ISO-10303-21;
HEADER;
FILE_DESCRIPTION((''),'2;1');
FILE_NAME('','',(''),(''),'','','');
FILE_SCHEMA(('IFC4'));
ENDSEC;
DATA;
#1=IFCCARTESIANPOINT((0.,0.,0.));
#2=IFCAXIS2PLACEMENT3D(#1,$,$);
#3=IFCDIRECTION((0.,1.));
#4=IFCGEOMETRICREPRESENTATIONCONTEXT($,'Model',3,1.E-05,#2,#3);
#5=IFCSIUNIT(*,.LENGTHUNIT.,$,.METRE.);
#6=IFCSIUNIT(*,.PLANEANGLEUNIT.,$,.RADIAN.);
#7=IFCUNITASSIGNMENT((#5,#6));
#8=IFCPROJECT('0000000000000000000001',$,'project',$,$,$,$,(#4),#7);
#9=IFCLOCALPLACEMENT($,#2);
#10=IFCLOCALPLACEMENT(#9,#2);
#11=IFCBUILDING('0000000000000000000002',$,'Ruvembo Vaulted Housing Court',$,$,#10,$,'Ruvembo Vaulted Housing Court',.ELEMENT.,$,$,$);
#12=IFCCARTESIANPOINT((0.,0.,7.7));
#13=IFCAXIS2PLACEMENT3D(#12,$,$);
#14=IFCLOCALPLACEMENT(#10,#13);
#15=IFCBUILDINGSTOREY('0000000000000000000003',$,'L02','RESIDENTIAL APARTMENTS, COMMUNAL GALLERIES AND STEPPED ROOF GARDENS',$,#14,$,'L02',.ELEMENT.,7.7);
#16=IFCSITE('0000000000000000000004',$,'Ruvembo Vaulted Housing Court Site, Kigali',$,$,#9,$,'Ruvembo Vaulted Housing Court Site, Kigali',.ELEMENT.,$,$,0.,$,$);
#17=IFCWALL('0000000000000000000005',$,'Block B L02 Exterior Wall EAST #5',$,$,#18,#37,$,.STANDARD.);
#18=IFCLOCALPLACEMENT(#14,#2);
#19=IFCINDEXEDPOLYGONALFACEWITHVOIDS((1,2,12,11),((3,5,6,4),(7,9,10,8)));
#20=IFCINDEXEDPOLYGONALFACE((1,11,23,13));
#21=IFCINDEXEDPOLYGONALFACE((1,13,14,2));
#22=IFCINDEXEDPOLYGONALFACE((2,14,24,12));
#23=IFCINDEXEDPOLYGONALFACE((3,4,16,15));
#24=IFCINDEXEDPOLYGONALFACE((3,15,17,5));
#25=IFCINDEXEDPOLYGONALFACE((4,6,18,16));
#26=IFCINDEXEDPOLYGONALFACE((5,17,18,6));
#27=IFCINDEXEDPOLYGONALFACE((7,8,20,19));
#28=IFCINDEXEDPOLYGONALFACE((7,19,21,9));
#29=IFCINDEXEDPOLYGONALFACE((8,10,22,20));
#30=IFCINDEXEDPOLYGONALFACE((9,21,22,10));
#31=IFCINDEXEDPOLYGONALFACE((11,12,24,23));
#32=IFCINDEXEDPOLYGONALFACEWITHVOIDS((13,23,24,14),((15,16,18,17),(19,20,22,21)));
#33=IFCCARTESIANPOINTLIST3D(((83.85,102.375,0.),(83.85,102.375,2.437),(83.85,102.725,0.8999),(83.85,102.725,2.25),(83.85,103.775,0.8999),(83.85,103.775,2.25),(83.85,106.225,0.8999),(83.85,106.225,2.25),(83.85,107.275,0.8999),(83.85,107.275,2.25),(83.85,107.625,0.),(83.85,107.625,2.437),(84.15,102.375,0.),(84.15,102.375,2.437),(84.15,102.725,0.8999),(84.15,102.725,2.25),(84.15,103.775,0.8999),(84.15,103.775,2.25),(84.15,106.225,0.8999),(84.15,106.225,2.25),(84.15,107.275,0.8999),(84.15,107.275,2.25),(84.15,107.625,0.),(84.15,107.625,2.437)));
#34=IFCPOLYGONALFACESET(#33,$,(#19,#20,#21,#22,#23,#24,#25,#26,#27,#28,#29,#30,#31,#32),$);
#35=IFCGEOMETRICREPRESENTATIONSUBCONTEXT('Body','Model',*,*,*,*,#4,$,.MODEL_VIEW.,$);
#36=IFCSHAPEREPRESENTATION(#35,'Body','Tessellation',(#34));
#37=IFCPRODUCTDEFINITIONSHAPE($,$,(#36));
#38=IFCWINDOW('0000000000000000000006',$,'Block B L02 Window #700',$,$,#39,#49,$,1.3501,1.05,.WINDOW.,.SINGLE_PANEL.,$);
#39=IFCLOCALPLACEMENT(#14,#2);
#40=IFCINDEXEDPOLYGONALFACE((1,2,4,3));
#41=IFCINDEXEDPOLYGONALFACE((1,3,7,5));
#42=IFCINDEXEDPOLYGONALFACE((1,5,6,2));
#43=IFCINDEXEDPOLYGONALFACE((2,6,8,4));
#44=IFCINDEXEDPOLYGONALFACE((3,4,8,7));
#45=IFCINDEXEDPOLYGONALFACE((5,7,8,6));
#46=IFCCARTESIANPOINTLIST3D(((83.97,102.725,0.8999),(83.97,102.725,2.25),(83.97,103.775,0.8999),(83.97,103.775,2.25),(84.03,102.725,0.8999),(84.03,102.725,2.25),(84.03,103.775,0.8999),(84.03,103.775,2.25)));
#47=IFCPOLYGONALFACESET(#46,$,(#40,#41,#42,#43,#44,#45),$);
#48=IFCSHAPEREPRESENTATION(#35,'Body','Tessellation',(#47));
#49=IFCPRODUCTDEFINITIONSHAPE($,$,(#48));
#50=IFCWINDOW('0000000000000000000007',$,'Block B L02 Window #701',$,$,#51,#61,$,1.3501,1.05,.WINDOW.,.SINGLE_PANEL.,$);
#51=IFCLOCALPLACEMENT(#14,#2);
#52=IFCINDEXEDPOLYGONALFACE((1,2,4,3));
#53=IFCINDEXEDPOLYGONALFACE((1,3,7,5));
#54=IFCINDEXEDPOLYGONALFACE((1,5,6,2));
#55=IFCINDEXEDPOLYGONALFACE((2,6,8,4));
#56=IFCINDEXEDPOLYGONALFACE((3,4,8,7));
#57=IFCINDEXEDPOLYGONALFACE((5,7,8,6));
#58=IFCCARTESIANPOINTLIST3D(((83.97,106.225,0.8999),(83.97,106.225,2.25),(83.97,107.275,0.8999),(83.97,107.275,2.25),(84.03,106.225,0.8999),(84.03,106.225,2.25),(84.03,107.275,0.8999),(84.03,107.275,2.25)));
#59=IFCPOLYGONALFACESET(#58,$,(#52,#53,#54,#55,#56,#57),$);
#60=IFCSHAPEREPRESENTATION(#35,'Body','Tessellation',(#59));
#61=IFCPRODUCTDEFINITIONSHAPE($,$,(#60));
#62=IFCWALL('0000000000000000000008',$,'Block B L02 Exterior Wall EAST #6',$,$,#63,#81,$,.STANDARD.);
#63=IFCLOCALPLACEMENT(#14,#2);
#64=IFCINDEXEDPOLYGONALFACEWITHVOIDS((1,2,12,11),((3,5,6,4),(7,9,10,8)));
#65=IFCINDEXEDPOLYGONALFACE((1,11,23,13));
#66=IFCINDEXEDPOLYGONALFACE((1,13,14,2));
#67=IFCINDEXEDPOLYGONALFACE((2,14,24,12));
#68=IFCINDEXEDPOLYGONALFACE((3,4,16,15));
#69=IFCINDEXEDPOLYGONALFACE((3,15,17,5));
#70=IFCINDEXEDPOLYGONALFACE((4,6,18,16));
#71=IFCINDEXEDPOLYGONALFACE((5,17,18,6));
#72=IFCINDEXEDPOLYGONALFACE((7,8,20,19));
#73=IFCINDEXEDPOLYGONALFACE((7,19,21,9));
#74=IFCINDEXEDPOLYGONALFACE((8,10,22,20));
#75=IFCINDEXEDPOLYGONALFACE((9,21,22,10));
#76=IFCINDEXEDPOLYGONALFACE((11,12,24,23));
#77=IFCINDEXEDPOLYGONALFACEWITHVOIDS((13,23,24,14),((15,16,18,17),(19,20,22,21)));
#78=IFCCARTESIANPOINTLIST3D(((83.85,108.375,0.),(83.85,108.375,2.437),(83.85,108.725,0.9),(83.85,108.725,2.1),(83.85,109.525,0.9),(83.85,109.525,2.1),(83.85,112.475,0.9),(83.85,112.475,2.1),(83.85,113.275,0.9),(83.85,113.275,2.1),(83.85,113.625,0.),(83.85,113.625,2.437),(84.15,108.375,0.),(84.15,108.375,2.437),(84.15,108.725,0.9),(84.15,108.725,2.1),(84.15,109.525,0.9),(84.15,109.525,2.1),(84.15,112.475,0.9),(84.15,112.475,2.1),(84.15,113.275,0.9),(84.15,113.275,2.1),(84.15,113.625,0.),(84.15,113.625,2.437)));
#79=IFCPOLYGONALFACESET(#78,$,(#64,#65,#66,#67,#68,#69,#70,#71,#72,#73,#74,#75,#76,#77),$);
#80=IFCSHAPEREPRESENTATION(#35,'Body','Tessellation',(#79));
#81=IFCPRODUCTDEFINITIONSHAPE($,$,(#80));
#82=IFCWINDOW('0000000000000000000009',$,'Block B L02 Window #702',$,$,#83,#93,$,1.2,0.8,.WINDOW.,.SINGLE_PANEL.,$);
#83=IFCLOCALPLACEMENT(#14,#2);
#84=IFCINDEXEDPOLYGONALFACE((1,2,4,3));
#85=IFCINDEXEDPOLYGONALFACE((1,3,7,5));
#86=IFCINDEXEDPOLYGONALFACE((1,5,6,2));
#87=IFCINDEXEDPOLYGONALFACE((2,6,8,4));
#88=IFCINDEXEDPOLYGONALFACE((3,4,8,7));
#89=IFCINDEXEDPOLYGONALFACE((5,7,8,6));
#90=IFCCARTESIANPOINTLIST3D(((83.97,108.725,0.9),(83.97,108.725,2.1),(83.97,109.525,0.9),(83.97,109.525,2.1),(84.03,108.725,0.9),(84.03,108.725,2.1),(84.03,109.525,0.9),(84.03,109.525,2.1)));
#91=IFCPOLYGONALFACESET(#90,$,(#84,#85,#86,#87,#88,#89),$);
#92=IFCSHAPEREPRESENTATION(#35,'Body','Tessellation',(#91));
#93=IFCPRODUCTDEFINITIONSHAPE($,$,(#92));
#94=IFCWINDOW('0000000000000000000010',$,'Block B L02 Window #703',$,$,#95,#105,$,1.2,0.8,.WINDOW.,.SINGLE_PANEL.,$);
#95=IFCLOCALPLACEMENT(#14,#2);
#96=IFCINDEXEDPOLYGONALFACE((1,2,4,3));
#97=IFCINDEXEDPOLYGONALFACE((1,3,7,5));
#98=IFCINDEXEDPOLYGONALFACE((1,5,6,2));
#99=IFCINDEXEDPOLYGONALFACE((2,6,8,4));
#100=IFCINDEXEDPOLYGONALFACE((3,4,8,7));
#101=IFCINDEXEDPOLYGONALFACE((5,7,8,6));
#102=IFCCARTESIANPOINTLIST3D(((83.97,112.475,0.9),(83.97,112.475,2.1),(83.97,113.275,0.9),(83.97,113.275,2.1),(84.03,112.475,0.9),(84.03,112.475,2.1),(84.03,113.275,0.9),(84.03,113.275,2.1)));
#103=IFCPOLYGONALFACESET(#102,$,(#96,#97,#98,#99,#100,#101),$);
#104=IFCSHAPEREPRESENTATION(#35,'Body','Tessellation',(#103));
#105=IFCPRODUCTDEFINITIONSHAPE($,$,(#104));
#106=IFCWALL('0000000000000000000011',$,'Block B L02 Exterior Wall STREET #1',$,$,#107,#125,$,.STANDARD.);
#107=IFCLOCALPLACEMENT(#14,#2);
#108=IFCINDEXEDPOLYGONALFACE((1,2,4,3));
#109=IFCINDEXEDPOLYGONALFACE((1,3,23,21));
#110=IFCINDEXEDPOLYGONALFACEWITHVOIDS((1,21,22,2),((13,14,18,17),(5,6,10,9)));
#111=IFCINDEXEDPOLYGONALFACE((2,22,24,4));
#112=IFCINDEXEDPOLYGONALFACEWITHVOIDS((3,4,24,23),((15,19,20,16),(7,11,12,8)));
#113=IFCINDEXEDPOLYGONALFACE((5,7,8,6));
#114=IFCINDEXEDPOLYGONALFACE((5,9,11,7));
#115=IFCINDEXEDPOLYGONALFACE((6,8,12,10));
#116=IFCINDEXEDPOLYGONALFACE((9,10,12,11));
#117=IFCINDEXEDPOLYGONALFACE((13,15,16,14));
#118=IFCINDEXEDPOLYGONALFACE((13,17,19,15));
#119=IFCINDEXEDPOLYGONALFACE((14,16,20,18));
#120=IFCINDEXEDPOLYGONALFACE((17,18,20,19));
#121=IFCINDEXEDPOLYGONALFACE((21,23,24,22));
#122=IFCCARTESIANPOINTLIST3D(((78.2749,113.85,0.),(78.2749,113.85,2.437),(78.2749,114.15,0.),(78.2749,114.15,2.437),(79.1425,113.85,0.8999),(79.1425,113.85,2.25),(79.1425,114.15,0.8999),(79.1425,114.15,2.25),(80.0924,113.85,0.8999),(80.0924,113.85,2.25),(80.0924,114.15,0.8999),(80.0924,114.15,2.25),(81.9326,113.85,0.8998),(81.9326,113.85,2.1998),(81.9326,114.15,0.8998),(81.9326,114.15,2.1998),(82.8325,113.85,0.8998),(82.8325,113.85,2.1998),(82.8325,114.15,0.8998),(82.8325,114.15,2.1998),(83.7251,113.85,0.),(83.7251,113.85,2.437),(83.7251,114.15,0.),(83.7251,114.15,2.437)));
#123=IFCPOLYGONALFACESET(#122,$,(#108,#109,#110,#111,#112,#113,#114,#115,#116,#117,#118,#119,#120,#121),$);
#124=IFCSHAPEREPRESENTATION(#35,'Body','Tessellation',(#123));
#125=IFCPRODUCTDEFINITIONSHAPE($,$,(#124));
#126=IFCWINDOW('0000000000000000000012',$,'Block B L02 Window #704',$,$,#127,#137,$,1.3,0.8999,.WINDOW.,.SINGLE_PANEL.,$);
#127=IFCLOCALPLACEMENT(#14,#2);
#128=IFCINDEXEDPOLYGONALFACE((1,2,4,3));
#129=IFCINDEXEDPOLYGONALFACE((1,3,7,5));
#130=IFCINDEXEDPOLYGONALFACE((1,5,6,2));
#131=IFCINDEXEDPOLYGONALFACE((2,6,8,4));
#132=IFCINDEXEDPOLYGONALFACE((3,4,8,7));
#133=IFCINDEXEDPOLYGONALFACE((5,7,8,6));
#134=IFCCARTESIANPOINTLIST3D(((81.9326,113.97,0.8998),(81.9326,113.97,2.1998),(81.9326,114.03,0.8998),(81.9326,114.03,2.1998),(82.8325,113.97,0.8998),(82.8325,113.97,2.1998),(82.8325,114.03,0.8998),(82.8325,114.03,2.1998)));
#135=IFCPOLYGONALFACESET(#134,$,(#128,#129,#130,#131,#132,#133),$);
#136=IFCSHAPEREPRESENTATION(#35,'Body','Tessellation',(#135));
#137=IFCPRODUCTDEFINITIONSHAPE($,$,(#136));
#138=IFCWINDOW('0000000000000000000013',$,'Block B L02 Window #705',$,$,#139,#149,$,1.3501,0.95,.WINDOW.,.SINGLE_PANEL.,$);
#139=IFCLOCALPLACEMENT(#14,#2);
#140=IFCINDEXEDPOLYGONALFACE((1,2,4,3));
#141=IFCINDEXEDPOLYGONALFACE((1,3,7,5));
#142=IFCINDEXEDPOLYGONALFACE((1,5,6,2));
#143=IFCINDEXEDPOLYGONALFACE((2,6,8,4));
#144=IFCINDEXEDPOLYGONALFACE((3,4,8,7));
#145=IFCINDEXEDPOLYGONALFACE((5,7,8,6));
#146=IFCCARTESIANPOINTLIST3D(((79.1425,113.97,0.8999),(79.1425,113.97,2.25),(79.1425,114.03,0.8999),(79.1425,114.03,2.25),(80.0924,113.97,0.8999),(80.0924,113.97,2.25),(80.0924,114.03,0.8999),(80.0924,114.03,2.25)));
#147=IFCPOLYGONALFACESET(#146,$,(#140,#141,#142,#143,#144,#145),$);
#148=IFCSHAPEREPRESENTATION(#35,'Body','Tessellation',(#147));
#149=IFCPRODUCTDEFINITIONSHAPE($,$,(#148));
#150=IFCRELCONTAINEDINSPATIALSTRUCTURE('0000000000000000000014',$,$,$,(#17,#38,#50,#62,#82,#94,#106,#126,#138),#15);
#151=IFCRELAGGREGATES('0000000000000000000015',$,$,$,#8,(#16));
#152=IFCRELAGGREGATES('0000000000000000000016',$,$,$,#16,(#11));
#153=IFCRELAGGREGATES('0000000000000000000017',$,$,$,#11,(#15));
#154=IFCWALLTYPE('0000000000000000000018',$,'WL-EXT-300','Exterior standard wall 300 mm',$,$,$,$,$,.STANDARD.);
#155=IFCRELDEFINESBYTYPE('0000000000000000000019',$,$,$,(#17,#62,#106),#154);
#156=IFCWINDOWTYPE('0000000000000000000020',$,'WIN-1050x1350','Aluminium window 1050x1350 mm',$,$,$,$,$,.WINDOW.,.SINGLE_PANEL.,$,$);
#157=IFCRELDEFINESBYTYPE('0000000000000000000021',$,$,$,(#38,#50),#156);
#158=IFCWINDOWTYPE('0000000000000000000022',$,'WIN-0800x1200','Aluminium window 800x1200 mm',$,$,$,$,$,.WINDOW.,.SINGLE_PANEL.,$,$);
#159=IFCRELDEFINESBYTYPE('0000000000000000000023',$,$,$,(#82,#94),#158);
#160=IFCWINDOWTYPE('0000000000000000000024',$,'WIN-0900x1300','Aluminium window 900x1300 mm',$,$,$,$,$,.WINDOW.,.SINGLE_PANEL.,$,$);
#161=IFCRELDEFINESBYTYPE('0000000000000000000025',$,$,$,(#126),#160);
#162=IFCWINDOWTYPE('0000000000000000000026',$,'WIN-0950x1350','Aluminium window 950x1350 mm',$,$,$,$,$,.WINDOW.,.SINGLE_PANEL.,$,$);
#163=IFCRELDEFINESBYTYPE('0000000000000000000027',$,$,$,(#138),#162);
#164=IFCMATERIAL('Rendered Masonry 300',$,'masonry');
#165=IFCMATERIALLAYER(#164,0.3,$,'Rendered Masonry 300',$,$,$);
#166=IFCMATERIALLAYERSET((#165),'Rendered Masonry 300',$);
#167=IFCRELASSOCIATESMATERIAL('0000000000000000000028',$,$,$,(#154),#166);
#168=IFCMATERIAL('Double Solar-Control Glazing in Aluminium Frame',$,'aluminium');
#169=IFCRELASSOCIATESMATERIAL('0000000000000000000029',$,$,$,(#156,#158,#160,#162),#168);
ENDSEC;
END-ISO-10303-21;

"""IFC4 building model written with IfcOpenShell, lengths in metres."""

from ifc_helpers import new_model, si_unit, direction, frame, frame_2d, origin, place, context, subcontext, project, spatial, rectangle, extrude, material, layer, layer_set, type_object, element, fill, save


model = new_model("IFC4")

# Units and contexts
model_context = context("Model", 3, precision=1e-05, world=origin(), true_north=direction((0.0, 1.0)))
body_context = subcontext(model_context, "Body", "Model", "MODEL_VIEW")
ifc_project = project(units=[si_unit("LENGTHUNIT", "METRE"), si_unit("PLANEANGLEUNIT", "RADIAN")], contexts=[model_context])

# Site, building, storey
site_placement = place(None, origin())
site = spatial("IfcSite", under=ifc_project, at=site_placement, Name="Ruvembo Vaulted Housing Court Site, Kigali", LongName="Ruvembo Vaulted Housing Court Site, Kigali", CompositionType="ELEMENT", RefElevation=0.0)
building_placement = place(site_placement, origin())
building = spatial("IfcBuilding", under=site, at=building_placement, Name="Ruvembo Vaulted Housing Court", LongName="Ruvembo Vaulted Housing Court", CompositionType="ELEMENT")
storey_placement = place(building_placement, frame((0.0, 0.0, 7.7)))
storey = spatial("IfcBuildingStorey", under=building, at=storey_placement, Name="L02", Description="RESIDENTIAL APARTMENTS, COMMUNAL GALLERIES AND STEPPED ROOF GARDENS", LongName="L02", CompositionType="ELEMENT", Elevation=7.7)

# Walls, openings, windows
ifc_material_1 = material(Name="Rendered Masonry 300", Category="masonry")
ifc_layer_1 = layer(ifc_material_1, 0.3, Name="Rendered Masonry 300")
ifc_layer_set_1 = layer_set([ifc_layer_1], Name="Rendered Masonry 300")
wall_type_1 = type_object("IfcWallType", Name="WL-EXT-300", Description="Exterior standard wall 300 mm", PredefinedType="STANDARD", material=ifc_layer_set_1)
wall_1_placement = place(storey_placement, frame((84.0, 102.375, 0.0), z_axis=(0.0, 0.0, 1.0), x_axis=(0.0, 1.0, 0.0)))
wall_1 = element("IfcWall", 1, at=wall_1_placement, inside=storey, type_object=wall_type_1, Name="Block B L02 Exterior Wall EAST #5", PredefinedType="STANDARD", context=body_context, shape_type="SweptSolid", body=[
    extrude(rectangle(XDim=5.25, YDim=0.3, at=frame_2d((2.625, 0.0))), origin(), (0.0, 0.0, 1.0), 2.437),
])
opening_1_placement = place(wall_1_placement, frame((0.3501, 0.0, 0.8999)))
opening_1 = element("IfcOpeningElement", 2, at=opening_1_placement, cuts=wall_1, PredefinedType="OPENING", context=body_context, shape_type="SweptSolid", body=[
    extrude(rectangle(XDim=1.05, YDim=1.3501, at=frame_2d((0.5249, 0.675))), frame((0.0, 0.1599, 0.0), z_axis=(0.0, -1.0, 0.0), x_axis=(1.0, 0.0, 0.0)), (0.0, 0.0, 1.0), 0.3201),
])
opening_2_placement = place(wall_1_placement, frame((3.8501, 0.0, 0.8999)))
opening_2 = element("IfcOpeningElement", 3, at=opening_2_placement, cuts=wall_1, PredefinedType="OPENING", context=body_context, shape_type="SweptSolid", body=[
    extrude(rectangle(XDim=1.05, YDim=1.3501, at=frame_2d((0.5249, 0.675))), frame((0.0, 0.1599, 0.0), z_axis=(0.0, -1.0, 0.0), x_axis=(1.0, 0.0, 0.0)), (0.0, 0.0, 1.0), 0.3201),
])
ifc_material_2 = material(Name="Double Solar-Control Glazing in Aluminium Frame", Category="aluminium")
window_type_1 = type_object("IfcWindowType", Name="WIN-1050x1350", Description="Aluminium window 1050x1350 mm", PartitioningType="SINGLE_PANEL", PredefinedType="WINDOW", material=ifc_material_2)
window_1_placement = place(opening_1_placement, origin())
window_1 = element("IfcWindow", 4, at=window_1_placement, inside=storey, type_object=window_type_1, Name="Block B L02 Window #700", OverallHeight=1.3501, OverallWidth=1.05, PartitioningType="SINGLE_PANEL", PredefinedType="WINDOW", context=body_context, shape_type="SweptSolid", body=[
    extrude(rectangle(XDim=1.05, YDim=1.3501, at=frame_2d((0.5249, 0.675))), frame((0.0, 0.03, 0.0), z_axis=(0.0, -1.0, 0.0), x_axis=(1.0, 0.0, 0.0)), (0.0, 0.0, 1.0), 0.0601),
])
fill(opening_1, window_1)
window_2_placement = place(opening_2_placement, origin())
window_2 = element("IfcWindow", 5, at=window_2_placement, inside=storey, type_object=window_type_1, Name="Block B L02 Window #701", OverallHeight=1.3501, OverallWidth=1.05, PartitioningType="SINGLE_PANEL", PredefinedType="WINDOW", context=body_context, shape_type="SweptSolid", body=[
    extrude(rectangle(XDim=1.05, YDim=1.3501, at=frame_2d((0.5249, 0.675))), frame((0.0, 0.03, 0.0), z_axis=(0.0, -1.0, 0.0), x_axis=(1.0, 0.0, 0.0)), (0.0, 0.0, 1.0), 0.0601),
])
fill(opening_2, window_2)
wall_2_placement = place(storey_placement, frame((84.0, 108.375, 0.0), z_axis=(0.0, 0.0, 1.0), x_axis=(0.0, 1.0, 0.0)))
wall_2 = element("IfcWall", 6, at=wall_2_placement, inside=storey, type_object=wall_type_1, Name="Block B L02 Exterior Wall EAST #6", PredefinedType="STANDARD", context=body_context, shape_type="SweptSolid", body=[
    extrude(rectangle(XDim=5.25, YDim=0.3, at=frame_2d((2.625, 0.0))), origin(), (0.0, 0.0, 1.0), 2.437),
])
opening_3_placement = place(wall_2_placement, frame((0.3501, 0.0, 0.8999)))
opening_3 = element("IfcOpeningElement", 7, at=opening_3_placement, cuts=wall_2, PredefinedType="OPENING", context=body_context, shape_type="SweptSolid", body=[
    extrude(rectangle(XDim=0.8, YDim=1.2, at=frame_2d((0.3999, 0.6001))), frame((0.0, 0.1599, 0.0), z_axis=(0.0, -1.0, 0.0), x_axis=(1.0, 0.0, 0.0)), (0.0, 0.0, 1.0), 0.3201),
])
opening_4_placement = place(wall_2_placement, frame((4.1001, 0.0, 0.8999)))
opening_4 = element("IfcOpeningElement", 8, at=opening_4_placement, cuts=wall_2, PredefinedType="OPENING", context=body_context, shape_type="SweptSolid", body=[
    extrude(rectangle(XDim=0.8, YDim=1.2, at=frame_2d((0.3999, 0.6001))), frame((0.0, 0.1599, 0.0), z_axis=(0.0, -1.0, 0.0), x_axis=(1.0, 0.0, 0.0)), (0.0, 0.0, 1.0), 0.3201),
])
window_type_2 = type_object("IfcWindowType", Name="WIN-0800x1200", Description="Aluminium window 800x1200 mm", PartitioningType="SINGLE_PANEL", PredefinedType="WINDOW", material=ifc_material_2)
window_3_placement = place(opening_3_placement, origin())
window_3 = element("IfcWindow", 9, at=window_3_placement, inside=storey, type_object=window_type_2, Name="Block B L02 Window #702", OverallHeight=1.2, OverallWidth=0.8, PartitioningType="SINGLE_PANEL", PredefinedType="WINDOW", context=body_context, shape_type="SweptSolid", body=[
    extrude(rectangle(XDim=0.8, YDim=1.2, at=frame_2d((0.3999, 0.6001))), frame((0.0, 0.03, 0.0), z_axis=(0.0, -1.0, 0.0), x_axis=(1.0, 0.0, 0.0)), (0.0, 0.0, 1.0), 0.0601),
])
fill(opening_3, window_3)
window_4_placement = place(opening_4_placement, origin())
window_4 = element("IfcWindow", 10, at=window_4_placement, inside=storey, type_object=window_type_2, Name="Block B L02 Window #703", OverallHeight=1.2, OverallWidth=0.8, PartitioningType="SINGLE_PANEL", PredefinedType="WINDOW", context=body_context, shape_type="SweptSolid", body=[
    extrude(rectangle(XDim=0.8, YDim=1.2, at=frame_2d((0.3999, 0.6001))), frame((0.0, 0.03, 0.0), z_axis=(0.0, -1.0, 0.0), x_axis=(1.0, 0.0, 0.0)), (0.0, 0.0, 1.0), 0.0601),
])
fill(opening_4, window_4)
wall_3_placement = place(storey_placement, frame((83.7251, 114.0, 0.0), z_axis=(0.0, 0.0, 1.0), x_axis=(-1.0, 0.0, 0.0)))
wall_3 = element("IfcWall", 11, at=wall_3_placement, inside=storey, type_object=wall_type_1, Name="Block B L02 Exterior Wall STREET #1", PredefinedType="STANDARD", context=body_context, shape_type="SweptSolid", body=[
    extrude(rectangle(XDim=5.4502, YDim=0.3, at=frame_2d((2.7251, 0.0))), origin(), (0.0, 0.0, 1.0), 2.437),
])
opening_5_placement = place(wall_3_placement, frame((0.8926, 0.0, 0.8999)))
opening_5 = element("IfcOpeningElement", 12, at=opening_5_placement, cuts=wall_3, PredefinedType="OPENING", context=body_context, shape_type="SweptSolid", body=[
    extrude(rectangle(XDim=0.8999, YDim=1.3, at=frame_2d((0.45, 0.6499))), frame((0.0, 0.1599, 0.0), z_axis=(0.0, -1.0, 0.0), x_axis=(1.0, 0.0, 0.0)), (0.0, 0.0, 1.0), 0.3201),
])
opening_6_placement = place(wall_3_placement, frame((3.6326, 0.0, 0.8999)))
opening_6 = element("IfcOpeningElement", 13, at=opening_6_placement, cuts=wall_3, PredefinedType="OPENING", context=body_context, shape_type="SweptSolid", body=[
    extrude(rectangle(XDim=0.95, YDim=1.3501, at=frame_2d((0.4751, 0.675))), frame((0.0, 0.1599, 0.0), z_axis=(0.0, -1.0, 0.0), x_axis=(1.0, 0.0, 0.0)), (0.0, 0.0, 1.0), 0.3201),
])
window_type_3 = type_object("IfcWindowType", Name="WIN-0900x1300", Description="Aluminium window 900x1300 mm", PartitioningType="SINGLE_PANEL", PredefinedType="WINDOW", material=ifc_material_2)
window_5_placement = place(opening_5_placement, origin())
window_5 = element("IfcWindow", 14, at=window_5_placement, inside=storey, type_object=window_type_3, Name="Block B L02 Window #704", OverallHeight=1.3, OverallWidth=0.8999, PartitioningType="SINGLE_PANEL", PredefinedType="WINDOW", context=body_context, shape_type="SweptSolid", body=[
    extrude(rectangle(XDim=0.8999, YDim=1.3, at=frame_2d((0.45, 0.6499))), frame((0.0, 0.03, 0.0), z_axis=(0.0, -1.0, 0.0), x_axis=(1.0, 0.0, 0.0)), (0.0, 0.0, 1.0), 0.0601),
])
fill(opening_5, window_5)
window_type_4 = type_object("IfcWindowType", Name="WIN-0950x1350", Description="Aluminium window 950x1350 mm", PartitioningType="SINGLE_PANEL", PredefinedType="WINDOW", material=ifc_material_2)
window_6_placement = place(opening_6_placement, origin())
window_6 = element("IfcWindow", 15, at=window_6_placement, inside=storey, type_object=window_type_4, Name="Block B L02 Window #705", OverallHeight=1.3501, OverallWidth=0.95, PartitioningType="SINGLE_PANEL", PredefinedType="WINDOW", context=body_context, shape_type="SweptSolid", body=[
    extrude(rectangle(XDim=0.95, YDim=1.3501, at=frame_2d((0.4751, 0.675))), frame((0.0, 0.03, 0.0), z_axis=(0.0, -1.0, 0.0), x_axis=(1.0, 0.0, 0.0)), (0.0, 0.0, 1.0), 0.0601),
])
fill(opening_6, window_6)

save(model, "model.ifc")
